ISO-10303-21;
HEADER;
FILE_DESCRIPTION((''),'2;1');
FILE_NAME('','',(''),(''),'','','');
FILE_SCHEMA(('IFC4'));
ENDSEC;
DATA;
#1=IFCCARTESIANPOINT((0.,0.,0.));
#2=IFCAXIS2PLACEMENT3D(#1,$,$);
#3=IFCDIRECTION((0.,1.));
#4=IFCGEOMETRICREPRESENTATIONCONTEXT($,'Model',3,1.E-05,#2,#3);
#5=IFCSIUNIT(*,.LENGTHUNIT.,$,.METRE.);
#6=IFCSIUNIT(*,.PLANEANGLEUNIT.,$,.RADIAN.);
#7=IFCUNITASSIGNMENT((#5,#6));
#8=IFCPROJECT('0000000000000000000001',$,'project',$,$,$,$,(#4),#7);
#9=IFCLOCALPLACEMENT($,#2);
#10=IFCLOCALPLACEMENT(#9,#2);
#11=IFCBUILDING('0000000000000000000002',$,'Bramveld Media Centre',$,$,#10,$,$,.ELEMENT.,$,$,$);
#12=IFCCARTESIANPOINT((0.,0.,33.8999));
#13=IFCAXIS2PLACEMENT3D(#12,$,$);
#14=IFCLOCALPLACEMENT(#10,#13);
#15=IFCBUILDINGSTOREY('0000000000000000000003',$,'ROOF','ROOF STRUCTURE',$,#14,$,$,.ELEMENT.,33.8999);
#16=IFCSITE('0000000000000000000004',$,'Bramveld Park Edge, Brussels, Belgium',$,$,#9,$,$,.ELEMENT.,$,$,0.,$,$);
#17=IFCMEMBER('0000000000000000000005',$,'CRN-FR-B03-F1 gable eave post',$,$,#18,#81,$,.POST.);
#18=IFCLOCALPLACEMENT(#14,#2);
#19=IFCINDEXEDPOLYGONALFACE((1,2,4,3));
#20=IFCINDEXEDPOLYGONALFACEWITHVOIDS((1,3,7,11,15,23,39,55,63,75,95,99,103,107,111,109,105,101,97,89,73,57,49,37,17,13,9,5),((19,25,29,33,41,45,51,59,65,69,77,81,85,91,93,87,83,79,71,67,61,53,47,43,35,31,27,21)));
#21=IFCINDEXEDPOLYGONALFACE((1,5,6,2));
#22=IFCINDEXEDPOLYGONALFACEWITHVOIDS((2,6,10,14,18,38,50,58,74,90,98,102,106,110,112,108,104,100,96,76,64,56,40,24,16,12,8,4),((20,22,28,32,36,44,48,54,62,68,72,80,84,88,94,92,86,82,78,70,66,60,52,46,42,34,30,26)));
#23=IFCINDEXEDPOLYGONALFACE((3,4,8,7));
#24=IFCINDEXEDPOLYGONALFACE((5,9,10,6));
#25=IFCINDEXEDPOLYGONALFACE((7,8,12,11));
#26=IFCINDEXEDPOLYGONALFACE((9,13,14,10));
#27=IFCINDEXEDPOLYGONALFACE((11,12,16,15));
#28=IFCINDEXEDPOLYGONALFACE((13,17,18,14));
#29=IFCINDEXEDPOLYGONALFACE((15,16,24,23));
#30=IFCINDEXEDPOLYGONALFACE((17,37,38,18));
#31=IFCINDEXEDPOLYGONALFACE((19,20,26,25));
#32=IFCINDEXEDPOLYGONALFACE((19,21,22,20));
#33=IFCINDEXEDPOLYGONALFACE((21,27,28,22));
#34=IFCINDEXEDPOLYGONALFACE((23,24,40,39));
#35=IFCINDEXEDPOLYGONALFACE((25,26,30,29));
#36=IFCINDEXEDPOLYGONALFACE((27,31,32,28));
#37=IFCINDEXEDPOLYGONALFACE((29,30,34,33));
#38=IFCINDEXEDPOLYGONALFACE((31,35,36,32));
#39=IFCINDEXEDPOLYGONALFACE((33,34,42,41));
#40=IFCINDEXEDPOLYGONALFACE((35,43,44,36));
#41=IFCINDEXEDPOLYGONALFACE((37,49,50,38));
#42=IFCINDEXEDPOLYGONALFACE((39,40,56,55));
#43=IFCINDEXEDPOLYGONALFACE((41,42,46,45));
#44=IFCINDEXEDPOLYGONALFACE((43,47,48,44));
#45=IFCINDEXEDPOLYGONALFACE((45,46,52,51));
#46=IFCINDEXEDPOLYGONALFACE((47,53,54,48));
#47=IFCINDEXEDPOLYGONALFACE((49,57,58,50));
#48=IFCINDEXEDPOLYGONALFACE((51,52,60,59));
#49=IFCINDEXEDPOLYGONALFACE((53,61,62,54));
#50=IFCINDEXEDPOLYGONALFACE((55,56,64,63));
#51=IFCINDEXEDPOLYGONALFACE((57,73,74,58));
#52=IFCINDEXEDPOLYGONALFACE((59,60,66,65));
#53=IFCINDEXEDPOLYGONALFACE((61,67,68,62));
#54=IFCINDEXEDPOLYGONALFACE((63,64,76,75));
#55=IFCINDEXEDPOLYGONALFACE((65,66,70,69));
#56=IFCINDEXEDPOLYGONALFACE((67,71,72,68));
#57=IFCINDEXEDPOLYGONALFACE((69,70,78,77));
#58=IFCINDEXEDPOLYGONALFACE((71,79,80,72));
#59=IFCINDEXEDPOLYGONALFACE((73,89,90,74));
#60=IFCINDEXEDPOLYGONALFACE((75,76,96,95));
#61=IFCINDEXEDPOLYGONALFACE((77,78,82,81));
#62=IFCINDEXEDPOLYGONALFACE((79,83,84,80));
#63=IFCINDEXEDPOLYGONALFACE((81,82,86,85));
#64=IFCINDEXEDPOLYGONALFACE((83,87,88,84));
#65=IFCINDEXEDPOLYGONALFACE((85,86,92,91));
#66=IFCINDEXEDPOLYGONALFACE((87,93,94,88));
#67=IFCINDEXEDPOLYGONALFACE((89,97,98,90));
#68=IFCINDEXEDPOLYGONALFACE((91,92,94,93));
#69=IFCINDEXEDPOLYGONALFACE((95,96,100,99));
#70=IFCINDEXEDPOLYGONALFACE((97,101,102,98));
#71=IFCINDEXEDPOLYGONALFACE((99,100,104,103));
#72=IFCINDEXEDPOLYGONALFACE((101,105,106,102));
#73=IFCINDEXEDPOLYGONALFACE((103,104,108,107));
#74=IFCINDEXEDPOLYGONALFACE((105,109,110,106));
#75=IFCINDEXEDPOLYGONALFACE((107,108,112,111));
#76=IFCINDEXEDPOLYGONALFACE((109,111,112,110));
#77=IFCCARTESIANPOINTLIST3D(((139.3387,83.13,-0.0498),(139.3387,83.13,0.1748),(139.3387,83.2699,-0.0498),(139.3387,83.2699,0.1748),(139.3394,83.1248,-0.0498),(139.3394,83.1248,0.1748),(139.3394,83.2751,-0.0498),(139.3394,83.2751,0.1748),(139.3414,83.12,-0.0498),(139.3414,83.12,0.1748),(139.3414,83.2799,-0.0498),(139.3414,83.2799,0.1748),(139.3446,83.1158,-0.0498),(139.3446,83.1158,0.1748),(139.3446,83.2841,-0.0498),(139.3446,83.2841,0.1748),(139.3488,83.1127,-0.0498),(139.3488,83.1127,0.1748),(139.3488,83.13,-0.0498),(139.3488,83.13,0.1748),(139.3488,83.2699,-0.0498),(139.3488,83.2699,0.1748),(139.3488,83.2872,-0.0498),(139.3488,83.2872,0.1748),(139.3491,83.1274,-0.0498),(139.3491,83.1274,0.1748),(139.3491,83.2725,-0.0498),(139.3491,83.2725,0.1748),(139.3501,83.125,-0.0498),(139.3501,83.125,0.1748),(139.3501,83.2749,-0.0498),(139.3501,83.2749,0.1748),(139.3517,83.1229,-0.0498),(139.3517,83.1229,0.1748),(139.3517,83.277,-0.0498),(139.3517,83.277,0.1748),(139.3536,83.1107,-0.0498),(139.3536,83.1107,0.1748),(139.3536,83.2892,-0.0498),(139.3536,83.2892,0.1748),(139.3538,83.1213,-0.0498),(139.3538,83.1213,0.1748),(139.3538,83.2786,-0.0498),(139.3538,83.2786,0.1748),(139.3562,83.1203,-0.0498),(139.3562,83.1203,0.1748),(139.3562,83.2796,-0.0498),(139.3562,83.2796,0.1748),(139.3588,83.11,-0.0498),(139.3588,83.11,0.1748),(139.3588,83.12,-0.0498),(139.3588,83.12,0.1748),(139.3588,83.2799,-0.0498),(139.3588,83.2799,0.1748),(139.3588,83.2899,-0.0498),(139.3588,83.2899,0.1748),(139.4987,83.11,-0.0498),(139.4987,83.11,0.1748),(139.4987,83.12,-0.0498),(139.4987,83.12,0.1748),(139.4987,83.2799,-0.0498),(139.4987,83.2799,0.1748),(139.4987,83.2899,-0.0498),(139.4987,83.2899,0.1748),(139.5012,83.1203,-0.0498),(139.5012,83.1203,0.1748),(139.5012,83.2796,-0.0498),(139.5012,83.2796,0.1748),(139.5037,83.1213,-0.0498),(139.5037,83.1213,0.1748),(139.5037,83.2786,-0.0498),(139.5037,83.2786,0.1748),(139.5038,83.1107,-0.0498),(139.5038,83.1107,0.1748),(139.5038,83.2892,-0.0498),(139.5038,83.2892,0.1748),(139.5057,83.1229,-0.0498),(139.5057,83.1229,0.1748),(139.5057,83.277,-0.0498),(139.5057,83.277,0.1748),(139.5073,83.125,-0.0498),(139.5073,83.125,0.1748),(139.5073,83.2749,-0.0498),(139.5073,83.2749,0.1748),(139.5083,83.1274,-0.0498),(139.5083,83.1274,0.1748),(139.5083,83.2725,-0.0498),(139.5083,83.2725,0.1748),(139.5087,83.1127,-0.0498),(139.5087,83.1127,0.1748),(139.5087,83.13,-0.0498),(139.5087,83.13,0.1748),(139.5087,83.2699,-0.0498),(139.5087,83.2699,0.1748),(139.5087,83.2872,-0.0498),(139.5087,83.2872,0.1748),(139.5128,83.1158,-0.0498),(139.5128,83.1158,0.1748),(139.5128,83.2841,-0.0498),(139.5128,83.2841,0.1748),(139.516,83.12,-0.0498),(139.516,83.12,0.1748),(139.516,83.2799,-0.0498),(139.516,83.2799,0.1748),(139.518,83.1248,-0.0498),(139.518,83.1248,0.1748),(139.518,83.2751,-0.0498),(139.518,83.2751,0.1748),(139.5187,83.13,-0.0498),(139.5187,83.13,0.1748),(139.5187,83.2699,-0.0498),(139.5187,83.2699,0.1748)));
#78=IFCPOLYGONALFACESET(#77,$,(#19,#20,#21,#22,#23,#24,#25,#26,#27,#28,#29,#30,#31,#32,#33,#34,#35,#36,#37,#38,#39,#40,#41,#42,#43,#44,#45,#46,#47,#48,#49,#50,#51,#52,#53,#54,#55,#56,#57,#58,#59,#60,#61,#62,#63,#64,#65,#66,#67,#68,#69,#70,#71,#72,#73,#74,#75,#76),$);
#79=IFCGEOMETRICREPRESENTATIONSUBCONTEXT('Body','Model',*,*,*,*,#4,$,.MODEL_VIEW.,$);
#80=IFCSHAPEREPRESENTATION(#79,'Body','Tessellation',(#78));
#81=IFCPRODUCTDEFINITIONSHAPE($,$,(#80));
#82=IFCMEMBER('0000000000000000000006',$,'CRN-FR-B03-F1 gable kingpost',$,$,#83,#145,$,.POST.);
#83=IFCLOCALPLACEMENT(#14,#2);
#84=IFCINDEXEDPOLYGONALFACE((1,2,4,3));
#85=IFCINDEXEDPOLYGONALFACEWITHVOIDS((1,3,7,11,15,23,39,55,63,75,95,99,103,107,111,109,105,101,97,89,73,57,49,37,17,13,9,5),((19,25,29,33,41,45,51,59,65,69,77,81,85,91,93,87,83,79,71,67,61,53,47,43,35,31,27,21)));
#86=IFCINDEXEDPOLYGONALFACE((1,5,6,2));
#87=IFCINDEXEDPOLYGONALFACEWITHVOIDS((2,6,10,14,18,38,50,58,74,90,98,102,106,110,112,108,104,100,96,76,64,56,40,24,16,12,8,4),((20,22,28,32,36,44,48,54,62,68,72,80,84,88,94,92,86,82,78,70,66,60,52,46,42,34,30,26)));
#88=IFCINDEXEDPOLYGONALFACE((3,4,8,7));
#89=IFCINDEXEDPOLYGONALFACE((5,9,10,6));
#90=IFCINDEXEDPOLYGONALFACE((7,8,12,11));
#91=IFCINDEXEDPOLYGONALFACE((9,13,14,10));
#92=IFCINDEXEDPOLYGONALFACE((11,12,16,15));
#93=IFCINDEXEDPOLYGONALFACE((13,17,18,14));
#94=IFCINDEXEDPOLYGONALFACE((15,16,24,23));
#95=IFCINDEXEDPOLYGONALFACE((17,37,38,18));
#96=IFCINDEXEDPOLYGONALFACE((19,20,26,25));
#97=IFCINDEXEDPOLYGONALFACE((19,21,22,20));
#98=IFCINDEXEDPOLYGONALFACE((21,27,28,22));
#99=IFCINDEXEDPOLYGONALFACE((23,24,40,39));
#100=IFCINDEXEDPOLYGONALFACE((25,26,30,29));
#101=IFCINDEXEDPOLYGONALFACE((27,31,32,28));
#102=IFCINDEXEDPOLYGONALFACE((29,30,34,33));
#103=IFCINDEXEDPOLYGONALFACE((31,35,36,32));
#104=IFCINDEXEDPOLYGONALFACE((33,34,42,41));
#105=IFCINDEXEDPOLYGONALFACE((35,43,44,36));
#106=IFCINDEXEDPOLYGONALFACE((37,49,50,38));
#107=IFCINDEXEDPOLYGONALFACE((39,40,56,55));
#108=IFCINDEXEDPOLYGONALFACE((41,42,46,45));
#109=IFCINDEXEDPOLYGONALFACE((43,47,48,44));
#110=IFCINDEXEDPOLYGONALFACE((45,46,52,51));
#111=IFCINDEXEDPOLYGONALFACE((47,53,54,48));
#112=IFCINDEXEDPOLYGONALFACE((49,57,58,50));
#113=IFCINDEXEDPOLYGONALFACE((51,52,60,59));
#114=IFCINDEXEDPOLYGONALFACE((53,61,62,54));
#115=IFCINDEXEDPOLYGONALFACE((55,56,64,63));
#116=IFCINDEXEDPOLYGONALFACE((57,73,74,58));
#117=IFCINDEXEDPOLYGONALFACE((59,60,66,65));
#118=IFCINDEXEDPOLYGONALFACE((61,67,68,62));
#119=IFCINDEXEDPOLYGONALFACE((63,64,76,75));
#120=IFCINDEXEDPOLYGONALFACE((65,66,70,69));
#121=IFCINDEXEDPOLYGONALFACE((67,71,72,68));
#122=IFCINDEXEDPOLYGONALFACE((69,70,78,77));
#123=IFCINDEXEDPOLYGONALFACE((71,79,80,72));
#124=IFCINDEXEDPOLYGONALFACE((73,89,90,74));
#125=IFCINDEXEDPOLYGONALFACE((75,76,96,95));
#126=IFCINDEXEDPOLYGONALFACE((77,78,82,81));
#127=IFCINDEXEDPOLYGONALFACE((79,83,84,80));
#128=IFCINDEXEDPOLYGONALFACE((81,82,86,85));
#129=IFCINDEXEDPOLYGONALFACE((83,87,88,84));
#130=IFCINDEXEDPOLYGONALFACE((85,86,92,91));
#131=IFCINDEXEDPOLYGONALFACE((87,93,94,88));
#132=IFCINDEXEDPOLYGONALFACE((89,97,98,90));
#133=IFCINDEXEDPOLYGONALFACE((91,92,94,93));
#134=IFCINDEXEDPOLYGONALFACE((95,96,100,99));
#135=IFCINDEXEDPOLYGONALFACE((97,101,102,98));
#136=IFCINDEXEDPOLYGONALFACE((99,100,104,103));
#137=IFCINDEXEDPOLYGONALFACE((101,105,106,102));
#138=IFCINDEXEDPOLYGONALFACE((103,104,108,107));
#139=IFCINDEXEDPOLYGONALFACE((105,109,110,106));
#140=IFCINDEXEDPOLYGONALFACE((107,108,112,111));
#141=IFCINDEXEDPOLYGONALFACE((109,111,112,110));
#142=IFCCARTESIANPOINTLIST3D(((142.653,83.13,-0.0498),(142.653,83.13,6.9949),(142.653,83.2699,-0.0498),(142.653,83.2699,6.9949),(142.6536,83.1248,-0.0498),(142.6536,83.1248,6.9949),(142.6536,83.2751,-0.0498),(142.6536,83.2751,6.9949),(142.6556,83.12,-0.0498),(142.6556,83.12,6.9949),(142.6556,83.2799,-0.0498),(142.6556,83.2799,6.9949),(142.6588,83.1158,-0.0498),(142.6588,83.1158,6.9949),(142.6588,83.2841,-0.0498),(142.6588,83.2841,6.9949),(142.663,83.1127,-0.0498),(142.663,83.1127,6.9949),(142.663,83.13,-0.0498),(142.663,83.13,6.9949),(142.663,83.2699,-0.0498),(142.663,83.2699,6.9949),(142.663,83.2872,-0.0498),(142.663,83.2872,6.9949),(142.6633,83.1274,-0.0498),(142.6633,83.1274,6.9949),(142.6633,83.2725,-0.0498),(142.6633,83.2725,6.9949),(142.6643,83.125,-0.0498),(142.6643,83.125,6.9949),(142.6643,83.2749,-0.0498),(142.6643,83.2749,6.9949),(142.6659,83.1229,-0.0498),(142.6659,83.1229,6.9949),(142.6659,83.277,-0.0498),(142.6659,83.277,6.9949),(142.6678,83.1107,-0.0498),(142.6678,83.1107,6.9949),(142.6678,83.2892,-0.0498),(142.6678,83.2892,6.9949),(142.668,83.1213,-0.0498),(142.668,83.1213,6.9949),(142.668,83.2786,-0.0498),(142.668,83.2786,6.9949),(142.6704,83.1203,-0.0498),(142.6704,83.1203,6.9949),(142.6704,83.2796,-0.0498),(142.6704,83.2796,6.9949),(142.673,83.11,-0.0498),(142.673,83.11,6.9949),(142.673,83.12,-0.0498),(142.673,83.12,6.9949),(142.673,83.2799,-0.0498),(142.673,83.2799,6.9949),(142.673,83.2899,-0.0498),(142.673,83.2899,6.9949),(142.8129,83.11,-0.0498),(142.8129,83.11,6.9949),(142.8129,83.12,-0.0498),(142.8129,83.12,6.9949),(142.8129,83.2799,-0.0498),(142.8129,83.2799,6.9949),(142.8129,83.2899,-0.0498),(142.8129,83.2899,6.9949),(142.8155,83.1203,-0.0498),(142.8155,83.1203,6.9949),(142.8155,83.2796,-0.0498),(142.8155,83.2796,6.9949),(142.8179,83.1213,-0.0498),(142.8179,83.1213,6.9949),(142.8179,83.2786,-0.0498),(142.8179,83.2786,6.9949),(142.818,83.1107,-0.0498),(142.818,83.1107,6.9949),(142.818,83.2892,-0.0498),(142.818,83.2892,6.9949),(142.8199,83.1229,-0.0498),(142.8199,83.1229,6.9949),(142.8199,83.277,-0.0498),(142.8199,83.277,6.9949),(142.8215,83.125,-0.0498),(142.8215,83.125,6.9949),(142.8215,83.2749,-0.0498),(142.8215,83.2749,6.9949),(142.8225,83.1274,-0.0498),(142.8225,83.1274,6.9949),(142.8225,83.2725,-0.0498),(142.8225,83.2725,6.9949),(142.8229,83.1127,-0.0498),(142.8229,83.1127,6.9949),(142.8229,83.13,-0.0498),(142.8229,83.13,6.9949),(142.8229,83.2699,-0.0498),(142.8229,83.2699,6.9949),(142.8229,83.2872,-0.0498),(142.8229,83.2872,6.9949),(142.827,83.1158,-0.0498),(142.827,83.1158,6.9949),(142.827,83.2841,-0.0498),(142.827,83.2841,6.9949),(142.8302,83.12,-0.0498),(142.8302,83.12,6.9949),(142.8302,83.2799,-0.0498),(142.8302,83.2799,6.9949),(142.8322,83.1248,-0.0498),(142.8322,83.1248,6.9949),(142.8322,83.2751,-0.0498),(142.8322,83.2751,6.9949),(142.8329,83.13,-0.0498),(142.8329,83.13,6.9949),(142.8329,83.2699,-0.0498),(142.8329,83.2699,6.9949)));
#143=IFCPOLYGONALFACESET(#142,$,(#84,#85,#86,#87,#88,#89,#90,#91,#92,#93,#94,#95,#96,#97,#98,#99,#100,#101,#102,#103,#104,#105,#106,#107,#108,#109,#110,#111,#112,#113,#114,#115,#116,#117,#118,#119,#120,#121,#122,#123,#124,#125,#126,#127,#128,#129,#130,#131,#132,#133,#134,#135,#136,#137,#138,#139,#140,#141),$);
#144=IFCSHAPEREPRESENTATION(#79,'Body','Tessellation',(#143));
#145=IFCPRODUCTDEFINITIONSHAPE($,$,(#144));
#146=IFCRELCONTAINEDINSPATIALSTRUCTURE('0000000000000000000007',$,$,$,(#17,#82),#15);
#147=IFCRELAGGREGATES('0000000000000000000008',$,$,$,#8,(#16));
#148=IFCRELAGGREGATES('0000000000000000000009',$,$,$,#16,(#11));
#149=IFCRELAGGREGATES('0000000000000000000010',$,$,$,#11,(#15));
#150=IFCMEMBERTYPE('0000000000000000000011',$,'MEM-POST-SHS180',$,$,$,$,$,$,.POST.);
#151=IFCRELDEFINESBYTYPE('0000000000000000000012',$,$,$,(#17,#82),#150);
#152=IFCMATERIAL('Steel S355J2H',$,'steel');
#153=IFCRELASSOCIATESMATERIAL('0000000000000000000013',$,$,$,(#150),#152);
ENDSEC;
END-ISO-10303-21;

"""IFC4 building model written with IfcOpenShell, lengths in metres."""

from ifc_helpers import new_model, si_unit, direction, frame, origin, origin_2d, place, context, subcontext, project, spatial, hollow_rectangle, extrude, material, material_profile, profile_set, type_object, element, save


model = new_model("IFC4")

# Units and contexts
model_context = context("Model", 3, precision=1e-05, world=origin(), true_north=direction((0.0, 1.0)))
body_context = subcontext(model_context, "Body", "Model", "MODEL_VIEW")
ifc_project = project(units=[si_unit("LENGTHUNIT", "METRE"), si_unit("PLANEANGLEUNIT", "RADIAN")], contexts=[model_context])

# Site, building, storey
site_placement = place(None, origin())
site = spatial("IfcSite", under=ifc_project, at=site_placement, Name="Bramveld Park Edge, Brussels, Belgium", CompositionType="ELEMENT", RefElevation=0.0)
building_placement = place(site_placement, origin())
building = spatial("IfcBuilding", under=site, at=building_placement, Name="Bramveld Media Centre", CompositionType="ELEMENT")
storey_placement = place(building_placement, frame((0.0, 0.0, 33.8999)))
storey = spatial("IfcBuildingStorey", under=building, at=storey_placement, Name="ROOF", Description="ROOF STRUCTURE", CompositionType="ELEMENT", Elevation=33.8999)

# Members
ifc_material_1 = material(Name="Steel S355J2H", Category="steel")
ifc_material_profile_1 = material_profile(ifc_material_1, hollow_rectangle(XDim=0.1799, YDim=0.1799, WallThickness=0.01, InnerFilletRadius=0.01, OuterFilletRadius=0.02, at=origin_2d()), Name="SHS 180x180x10")
ifc_profile_set_1 = profile_set([ifc_material_profile_1], Name="Steel S355J2H")
member_type_1 = type_object("IfcMemberType", Name="MEM-POST-SHS180", PredefinedType="POST", material=ifc_profile_set_1)
member_1_placement = place(storey_placement, frame((139.4287, 83.2, -0.0498), z_axis=(0.0, 0.0, 1.0), x_axis=(1.0, 0.0, 0.0)))
element("IfcMember", 1, at=member_1_placement, inside=storey, type_object=member_type_1, Name="CRN-FR-B03-F1 gable eave post", PredefinedType="POST", context=body_context, shape_type="SweptSolid", body=[
    extrude(hollow_rectangle(XDim=0.1799, YDim=0.1799, WallThickness=0.01, InnerFilletRadius=0.01, OuterFilletRadius=0.02, at=origin_2d()), origin(), (0.0, 0.0, 1.0), 0.2246),
])
member_2_placement = place(storey_placement, frame((142.7429, 83.2, -0.0498), z_axis=(0.0, 0.0, 1.0), x_axis=(1.0, 0.0, 0.0)))
element("IfcMember", 2, at=member_2_placement, inside=storey, type_object=member_type_1, Name="CRN-FR-B03-F1 gable kingpost", PredefinedType="POST", context=body_context, shape_type="SweptSolid", body=[
    extrude(hollow_rectangle(XDim=0.1799, YDim=0.1799, WallThickness=0.01, InnerFilletRadius=0.01, OuterFilletRadius=0.02, at=origin_2d()), origin(), (0.0, 0.0, 1.0), 7.0447),
])

save(model, "model.ifc")
